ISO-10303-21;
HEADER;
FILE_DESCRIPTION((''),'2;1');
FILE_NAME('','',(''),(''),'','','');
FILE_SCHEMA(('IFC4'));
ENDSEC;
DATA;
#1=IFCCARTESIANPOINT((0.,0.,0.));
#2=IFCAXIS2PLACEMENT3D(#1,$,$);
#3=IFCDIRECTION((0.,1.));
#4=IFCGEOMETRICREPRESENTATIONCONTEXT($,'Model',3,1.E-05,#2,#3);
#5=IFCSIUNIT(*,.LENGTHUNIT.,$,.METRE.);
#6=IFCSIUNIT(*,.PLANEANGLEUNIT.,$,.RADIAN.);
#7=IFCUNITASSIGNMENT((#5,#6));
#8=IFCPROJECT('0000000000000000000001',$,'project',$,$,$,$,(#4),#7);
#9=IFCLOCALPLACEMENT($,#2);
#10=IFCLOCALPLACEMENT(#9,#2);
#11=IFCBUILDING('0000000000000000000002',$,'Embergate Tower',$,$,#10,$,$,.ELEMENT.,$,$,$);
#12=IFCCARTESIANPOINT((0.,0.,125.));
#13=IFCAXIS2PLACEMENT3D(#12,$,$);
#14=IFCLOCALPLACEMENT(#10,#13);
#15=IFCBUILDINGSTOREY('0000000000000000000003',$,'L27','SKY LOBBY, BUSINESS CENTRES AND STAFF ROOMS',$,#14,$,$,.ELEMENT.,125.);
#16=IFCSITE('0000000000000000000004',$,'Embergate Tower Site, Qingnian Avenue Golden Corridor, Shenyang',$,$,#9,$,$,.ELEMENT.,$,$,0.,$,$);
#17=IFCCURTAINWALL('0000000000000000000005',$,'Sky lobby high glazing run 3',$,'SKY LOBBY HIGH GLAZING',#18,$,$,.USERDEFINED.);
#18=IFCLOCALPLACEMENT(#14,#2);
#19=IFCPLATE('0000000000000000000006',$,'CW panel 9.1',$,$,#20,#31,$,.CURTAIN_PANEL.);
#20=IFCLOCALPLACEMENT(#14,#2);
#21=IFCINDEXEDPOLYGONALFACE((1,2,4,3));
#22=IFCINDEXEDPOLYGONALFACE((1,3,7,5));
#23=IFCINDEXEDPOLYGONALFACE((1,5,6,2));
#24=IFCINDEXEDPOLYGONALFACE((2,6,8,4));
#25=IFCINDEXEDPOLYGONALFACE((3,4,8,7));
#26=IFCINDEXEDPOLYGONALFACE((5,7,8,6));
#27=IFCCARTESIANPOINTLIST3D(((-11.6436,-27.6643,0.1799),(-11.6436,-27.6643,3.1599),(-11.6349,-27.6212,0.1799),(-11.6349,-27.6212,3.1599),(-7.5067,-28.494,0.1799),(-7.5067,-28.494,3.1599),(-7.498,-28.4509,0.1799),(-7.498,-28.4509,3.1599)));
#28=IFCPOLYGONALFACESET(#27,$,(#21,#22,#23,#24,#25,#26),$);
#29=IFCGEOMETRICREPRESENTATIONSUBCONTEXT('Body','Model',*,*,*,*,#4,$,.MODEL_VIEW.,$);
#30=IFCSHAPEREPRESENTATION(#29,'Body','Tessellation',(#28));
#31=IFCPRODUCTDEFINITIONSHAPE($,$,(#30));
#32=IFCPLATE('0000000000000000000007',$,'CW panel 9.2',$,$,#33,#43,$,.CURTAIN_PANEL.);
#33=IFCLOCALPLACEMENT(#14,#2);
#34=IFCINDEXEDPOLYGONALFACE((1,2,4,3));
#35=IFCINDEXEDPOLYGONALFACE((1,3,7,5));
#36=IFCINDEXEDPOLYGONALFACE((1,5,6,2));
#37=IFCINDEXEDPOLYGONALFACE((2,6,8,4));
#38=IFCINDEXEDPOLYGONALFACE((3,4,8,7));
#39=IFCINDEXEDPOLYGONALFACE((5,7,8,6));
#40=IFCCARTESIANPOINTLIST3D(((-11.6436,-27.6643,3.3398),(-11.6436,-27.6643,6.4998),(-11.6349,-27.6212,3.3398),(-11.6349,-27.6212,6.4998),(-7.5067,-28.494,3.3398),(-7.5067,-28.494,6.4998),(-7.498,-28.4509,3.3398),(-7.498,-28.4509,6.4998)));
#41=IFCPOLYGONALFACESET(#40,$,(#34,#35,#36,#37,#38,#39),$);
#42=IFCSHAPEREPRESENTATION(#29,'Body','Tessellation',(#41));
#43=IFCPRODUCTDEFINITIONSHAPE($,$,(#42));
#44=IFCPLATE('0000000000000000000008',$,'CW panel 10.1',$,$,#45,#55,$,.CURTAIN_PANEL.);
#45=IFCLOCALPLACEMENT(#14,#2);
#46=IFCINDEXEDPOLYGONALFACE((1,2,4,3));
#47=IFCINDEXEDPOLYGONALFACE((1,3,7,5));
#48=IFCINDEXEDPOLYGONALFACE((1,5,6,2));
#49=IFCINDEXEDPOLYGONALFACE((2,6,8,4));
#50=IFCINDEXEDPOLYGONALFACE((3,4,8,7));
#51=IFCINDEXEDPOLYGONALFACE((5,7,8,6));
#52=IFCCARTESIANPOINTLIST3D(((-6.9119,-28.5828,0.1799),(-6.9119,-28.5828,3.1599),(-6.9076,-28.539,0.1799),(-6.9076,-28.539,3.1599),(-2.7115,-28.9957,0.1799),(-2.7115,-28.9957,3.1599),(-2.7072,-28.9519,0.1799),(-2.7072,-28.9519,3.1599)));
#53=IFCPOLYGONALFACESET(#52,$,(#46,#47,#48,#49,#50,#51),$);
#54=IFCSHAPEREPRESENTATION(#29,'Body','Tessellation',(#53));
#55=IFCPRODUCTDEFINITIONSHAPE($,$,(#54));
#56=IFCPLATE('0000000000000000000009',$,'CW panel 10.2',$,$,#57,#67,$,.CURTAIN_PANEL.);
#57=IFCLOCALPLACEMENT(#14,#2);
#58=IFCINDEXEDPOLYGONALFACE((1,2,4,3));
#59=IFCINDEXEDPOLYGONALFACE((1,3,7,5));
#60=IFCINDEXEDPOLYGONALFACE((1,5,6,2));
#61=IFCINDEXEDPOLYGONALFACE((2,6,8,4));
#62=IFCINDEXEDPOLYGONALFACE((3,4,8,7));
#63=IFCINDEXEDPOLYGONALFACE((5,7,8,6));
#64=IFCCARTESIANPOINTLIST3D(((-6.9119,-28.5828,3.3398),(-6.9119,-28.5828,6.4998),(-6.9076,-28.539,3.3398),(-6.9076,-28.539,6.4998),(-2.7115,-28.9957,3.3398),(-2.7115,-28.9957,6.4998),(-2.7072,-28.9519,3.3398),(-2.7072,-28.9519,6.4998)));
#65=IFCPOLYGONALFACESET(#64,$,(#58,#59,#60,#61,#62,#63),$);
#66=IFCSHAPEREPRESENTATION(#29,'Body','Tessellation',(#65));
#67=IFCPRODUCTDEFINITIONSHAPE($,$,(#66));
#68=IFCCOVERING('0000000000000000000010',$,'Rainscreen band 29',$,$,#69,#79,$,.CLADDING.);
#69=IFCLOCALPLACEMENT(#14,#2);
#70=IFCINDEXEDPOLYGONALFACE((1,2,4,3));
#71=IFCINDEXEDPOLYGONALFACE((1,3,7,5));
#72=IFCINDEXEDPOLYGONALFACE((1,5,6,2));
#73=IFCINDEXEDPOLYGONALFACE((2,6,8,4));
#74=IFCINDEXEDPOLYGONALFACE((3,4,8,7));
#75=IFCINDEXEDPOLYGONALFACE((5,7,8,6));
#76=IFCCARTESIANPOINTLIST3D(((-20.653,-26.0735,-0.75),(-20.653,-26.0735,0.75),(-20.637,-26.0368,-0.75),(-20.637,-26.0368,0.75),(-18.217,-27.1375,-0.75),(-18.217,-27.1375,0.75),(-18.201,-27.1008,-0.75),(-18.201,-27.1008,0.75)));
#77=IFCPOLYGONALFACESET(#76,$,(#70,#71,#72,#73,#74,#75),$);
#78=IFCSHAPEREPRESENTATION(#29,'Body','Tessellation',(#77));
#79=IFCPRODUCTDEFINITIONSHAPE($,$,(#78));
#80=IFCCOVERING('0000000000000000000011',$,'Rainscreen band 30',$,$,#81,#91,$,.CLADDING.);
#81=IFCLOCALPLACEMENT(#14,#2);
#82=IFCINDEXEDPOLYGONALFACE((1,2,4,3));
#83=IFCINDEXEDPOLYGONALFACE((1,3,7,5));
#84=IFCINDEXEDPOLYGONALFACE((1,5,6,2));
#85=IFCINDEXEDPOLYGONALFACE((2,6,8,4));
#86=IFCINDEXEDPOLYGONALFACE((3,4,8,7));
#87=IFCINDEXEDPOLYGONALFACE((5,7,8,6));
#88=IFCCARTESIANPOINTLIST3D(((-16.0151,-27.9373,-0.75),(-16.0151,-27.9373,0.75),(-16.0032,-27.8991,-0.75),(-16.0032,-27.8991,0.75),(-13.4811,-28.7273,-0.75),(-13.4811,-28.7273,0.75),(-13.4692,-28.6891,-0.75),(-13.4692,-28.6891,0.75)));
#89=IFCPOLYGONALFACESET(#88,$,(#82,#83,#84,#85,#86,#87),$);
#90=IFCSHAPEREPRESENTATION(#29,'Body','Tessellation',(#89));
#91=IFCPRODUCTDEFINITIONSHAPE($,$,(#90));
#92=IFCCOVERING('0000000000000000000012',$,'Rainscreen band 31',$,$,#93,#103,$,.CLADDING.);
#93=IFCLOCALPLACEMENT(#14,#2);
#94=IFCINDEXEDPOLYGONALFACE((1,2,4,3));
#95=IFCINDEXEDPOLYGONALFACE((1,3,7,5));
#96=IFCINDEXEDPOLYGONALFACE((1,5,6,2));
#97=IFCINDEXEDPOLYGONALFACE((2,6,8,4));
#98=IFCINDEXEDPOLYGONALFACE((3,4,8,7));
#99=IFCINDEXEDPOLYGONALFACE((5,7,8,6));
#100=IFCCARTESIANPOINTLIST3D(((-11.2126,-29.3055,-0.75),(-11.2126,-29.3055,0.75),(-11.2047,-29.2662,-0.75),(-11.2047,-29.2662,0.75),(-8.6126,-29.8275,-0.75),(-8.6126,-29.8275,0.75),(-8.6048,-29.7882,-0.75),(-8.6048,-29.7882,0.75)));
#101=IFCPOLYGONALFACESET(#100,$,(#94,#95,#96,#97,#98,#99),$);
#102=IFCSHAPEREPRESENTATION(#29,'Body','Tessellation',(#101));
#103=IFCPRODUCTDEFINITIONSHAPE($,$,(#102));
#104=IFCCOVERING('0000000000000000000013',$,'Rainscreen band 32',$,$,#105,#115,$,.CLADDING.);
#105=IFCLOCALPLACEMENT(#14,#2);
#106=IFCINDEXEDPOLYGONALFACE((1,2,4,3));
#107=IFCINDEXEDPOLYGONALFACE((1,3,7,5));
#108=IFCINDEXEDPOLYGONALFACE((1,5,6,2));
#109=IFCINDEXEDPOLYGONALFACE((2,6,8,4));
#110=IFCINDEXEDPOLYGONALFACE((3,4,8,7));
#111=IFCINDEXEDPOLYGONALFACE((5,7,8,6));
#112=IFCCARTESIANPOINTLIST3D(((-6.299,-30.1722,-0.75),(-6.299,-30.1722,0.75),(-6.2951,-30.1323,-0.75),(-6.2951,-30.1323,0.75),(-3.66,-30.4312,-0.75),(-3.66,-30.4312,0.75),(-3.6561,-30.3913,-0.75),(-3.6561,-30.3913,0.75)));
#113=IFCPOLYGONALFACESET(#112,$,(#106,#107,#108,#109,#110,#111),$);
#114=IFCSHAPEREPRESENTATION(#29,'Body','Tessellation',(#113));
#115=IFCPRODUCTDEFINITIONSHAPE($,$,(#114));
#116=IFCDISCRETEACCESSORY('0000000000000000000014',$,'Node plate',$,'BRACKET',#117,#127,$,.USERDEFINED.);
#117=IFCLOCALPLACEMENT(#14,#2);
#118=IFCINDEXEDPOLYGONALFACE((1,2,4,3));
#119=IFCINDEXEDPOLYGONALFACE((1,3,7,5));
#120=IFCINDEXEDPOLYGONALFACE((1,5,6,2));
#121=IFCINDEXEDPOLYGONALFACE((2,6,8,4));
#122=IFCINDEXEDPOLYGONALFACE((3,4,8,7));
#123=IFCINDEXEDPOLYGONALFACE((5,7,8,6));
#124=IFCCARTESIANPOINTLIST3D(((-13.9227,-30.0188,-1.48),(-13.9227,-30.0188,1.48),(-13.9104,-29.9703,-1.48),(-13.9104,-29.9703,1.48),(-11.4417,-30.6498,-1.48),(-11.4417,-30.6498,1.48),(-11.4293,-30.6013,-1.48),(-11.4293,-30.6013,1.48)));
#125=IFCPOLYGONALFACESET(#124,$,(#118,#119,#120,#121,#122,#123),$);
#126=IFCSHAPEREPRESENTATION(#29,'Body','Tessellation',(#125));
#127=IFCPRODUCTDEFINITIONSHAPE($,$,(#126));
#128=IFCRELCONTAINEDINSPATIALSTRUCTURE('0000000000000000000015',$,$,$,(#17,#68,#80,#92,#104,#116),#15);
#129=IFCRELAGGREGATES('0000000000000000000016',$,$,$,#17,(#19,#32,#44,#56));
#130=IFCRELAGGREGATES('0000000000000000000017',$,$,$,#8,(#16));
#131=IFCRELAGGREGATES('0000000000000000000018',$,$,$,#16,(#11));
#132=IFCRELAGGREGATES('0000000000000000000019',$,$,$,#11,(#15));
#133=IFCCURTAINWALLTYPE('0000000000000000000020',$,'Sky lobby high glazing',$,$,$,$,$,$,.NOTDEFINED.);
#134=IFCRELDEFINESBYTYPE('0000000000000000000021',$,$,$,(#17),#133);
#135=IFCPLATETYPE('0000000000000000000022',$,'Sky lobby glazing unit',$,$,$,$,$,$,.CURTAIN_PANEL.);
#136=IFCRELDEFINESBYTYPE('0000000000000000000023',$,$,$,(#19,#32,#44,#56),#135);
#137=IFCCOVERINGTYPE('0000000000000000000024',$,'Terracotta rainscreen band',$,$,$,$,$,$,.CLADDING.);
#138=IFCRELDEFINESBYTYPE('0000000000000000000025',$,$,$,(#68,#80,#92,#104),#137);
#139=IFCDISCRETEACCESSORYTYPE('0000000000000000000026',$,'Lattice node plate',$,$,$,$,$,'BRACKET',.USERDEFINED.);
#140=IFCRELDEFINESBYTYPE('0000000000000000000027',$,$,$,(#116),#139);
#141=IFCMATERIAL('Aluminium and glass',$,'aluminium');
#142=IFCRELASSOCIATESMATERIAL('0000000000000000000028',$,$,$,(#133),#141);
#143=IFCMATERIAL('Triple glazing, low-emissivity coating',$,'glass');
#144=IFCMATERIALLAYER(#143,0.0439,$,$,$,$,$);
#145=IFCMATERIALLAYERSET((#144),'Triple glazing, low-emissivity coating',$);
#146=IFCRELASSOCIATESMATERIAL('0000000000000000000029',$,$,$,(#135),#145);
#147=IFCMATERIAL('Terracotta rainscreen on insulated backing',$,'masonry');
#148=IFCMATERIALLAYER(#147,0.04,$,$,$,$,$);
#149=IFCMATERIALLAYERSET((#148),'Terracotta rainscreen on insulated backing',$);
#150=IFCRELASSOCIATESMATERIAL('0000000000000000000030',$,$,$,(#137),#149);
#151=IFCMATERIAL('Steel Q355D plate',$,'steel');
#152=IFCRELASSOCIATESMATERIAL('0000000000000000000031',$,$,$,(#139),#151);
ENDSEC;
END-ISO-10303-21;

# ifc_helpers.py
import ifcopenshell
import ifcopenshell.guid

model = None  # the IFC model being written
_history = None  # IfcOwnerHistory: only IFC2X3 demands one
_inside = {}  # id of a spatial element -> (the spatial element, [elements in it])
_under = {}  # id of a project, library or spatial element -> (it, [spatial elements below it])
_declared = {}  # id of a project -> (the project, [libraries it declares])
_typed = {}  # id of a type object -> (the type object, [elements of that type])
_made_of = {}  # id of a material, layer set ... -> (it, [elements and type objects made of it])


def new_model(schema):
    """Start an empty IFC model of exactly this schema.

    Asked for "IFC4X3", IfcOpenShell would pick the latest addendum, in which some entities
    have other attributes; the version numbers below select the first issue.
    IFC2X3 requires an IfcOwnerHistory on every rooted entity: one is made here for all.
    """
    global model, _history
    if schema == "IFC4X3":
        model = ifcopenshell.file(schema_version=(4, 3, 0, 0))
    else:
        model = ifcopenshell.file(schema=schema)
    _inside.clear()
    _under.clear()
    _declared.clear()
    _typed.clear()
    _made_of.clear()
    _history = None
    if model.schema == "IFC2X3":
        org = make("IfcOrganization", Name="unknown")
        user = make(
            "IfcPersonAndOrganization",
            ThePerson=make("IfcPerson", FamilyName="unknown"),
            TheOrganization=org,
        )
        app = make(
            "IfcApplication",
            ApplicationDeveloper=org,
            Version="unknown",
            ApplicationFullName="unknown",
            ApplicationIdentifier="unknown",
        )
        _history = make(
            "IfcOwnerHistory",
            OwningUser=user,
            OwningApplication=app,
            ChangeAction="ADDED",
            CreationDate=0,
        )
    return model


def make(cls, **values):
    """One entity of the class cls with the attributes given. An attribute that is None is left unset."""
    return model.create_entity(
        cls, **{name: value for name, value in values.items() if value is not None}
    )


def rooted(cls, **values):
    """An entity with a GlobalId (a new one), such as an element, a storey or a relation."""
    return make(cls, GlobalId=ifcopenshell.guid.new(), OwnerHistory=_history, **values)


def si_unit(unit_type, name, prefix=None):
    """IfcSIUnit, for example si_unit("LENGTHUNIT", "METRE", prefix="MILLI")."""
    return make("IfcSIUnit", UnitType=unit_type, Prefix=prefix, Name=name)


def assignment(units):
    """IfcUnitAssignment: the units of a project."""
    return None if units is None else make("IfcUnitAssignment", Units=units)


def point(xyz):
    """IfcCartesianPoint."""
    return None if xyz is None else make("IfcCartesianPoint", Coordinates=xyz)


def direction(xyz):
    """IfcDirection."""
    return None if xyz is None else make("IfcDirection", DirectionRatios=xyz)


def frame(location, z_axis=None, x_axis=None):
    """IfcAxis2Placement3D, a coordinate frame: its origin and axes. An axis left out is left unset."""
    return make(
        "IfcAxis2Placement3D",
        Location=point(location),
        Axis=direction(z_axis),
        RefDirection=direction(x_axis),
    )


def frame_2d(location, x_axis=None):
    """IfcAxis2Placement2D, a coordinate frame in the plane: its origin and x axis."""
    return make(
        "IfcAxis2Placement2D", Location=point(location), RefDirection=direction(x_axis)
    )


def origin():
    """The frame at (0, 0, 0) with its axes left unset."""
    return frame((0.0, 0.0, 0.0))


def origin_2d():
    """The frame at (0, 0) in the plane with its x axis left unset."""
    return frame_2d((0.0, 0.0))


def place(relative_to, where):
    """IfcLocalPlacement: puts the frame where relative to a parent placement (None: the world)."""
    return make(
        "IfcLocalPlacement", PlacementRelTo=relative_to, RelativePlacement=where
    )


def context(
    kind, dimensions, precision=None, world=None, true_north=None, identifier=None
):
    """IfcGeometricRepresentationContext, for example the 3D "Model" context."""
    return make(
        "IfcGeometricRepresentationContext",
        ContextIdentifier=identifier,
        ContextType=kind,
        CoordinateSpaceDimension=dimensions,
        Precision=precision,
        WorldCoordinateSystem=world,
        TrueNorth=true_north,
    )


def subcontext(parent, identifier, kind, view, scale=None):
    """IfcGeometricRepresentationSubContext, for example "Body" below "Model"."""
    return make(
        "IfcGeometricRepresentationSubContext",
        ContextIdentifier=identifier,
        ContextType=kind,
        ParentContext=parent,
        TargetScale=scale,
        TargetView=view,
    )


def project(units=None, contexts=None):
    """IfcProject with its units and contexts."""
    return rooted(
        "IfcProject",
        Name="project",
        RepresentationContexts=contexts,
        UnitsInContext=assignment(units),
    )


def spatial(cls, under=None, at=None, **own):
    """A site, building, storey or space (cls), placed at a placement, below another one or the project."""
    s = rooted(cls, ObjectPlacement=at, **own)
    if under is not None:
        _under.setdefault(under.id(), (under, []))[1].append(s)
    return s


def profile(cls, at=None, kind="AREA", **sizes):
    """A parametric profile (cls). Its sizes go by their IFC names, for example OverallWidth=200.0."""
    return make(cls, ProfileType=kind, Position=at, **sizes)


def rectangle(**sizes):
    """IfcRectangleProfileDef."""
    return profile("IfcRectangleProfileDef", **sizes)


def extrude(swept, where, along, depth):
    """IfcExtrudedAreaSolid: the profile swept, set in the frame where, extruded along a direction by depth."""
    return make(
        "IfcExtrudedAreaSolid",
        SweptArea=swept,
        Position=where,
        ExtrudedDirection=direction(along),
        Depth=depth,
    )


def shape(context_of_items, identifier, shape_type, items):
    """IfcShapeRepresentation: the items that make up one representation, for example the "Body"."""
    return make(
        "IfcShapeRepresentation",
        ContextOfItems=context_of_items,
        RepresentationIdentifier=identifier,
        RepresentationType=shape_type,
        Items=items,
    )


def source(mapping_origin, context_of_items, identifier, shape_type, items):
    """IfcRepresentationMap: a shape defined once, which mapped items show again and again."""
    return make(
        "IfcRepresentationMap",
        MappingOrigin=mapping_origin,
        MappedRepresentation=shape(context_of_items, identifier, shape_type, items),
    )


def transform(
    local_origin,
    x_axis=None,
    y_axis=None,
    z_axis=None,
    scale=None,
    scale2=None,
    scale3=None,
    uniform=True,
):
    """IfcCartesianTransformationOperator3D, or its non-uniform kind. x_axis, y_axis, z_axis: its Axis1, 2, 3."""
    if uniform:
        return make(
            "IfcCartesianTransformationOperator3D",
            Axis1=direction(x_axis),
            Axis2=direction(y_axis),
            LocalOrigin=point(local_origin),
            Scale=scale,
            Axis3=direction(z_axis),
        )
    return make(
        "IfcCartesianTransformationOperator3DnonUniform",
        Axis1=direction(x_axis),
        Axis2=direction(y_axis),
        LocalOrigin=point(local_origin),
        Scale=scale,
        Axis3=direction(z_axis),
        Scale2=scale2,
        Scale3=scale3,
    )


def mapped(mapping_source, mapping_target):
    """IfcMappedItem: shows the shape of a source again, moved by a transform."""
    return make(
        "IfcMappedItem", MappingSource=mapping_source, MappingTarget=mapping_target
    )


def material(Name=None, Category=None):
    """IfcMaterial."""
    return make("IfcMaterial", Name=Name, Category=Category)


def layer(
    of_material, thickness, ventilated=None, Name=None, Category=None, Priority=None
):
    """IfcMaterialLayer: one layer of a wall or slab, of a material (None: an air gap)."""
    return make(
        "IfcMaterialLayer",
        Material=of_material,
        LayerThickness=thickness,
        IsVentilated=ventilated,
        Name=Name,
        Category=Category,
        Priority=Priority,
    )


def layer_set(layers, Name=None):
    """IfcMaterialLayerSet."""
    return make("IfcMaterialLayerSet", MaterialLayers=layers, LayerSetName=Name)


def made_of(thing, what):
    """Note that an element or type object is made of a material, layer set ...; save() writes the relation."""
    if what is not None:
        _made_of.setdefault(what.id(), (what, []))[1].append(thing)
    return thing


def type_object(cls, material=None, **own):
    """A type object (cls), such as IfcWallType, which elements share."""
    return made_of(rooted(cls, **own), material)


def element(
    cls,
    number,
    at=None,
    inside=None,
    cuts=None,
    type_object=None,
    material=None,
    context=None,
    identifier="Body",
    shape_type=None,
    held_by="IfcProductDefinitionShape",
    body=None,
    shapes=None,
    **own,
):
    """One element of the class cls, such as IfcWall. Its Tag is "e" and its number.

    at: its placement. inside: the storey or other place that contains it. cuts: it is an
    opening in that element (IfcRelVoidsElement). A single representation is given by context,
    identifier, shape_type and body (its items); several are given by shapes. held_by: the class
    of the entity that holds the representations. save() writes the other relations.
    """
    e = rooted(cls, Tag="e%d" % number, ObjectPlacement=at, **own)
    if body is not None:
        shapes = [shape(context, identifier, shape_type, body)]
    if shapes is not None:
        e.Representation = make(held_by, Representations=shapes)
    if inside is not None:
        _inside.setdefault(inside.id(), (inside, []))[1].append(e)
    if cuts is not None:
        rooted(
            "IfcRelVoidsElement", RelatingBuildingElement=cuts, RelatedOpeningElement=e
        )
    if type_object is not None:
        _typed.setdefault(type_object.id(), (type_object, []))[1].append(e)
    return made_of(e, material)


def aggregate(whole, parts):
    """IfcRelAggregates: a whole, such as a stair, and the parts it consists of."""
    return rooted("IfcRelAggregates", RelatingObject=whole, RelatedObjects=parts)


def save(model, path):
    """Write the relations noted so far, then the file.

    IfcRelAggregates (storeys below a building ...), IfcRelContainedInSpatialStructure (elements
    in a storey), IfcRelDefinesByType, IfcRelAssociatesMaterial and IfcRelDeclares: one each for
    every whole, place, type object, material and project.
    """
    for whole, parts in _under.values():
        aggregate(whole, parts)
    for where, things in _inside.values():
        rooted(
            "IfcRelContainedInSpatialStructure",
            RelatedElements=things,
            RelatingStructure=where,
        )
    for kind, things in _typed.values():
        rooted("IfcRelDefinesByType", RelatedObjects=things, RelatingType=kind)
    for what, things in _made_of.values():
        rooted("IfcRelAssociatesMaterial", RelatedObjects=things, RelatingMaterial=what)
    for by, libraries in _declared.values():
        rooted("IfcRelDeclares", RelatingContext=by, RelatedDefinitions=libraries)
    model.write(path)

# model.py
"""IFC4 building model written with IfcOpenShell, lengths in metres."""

from ifc_helpers import new_model, si_unit, direction, frame, origin, origin_2d, place, context, subcontext, project, spatial, rectangle, extrude, source, transform, mapped, material, layer, layer_set, type_object, element, aggregate, save


model = new_model("IFC4")

# Units and contexts
model_context = context("Model", 3, precision=1e-05, world=origin(), true_north=direction((0.0, 1.0)))
body_context = subcontext(model_context, "Body", "Model", "MODEL_VIEW")
ifc_project = project(units=[si_unit("LENGTHUNIT", "METRE"), si_unit("PLANEANGLEUNIT", "RADIAN")], contexts=[model_context])

# Site, building, storey
site_placement = place(None, origin())
site = spatial("IfcSite", under=ifc_project, at=site_placement, Name="Embergate Tower Site, Qingnian Avenue Golden Corridor, Shenyang", CompositionType="ELEMENT", RefElevation=0.0)
building_placement = place(site_placement, origin())
building = spatial("IfcBuilding", under=site, at=building_placement, Name="Embergate Tower", CompositionType="ELEMENT")
storey_placement = place(building_placement, frame((0.0, 0.0, 125.0)))
storey = spatial("IfcBuildingStorey", under=building, at=storey_placement, Name="L27", Description="SKY LOBBY, BUSINESS CENTRES AND STAFF ROOMS", CompositionType="ELEMENT", Elevation=125.0)

# Curtain wall
ifc_material_1 = material(Name="Aluminium and glass", Category="aluminium")
curtain_wall_type = type_object("IfcCurtainWallType", Name="Sky lobby high glazing", PredefinedType="NOTDEFINED", material=ifc_material_1)
curtain_wall_placement = place(storey_placement, origin())
curtain_wall = element("IfcCurtainWall", 1, at=curtain_wall_placement, inside=storey, type_object=curtain_wall_type, Name="Sky lobby high glazing run 3", ObjectType="SKY LOBBY HIGH GLAZING", PredefinedType="USERDEFINED")

# Plates
ifc_material_2 = material(Name="Triple glazing, low-emissivity coating", Category="glass")
ifc_layer_1 = layer(ifc_material_2, 0.0439)
ifc_layer_set_1 = layer_set([ifc_layer_1], Name="Triple glazing, low-emissivity coating")
plate_type = type_object("IfcPlateType", Name="Sky lobby glazing unit", PredefinedType="CURTAIN_PANEL", material=ifc_layer_set_1)
shared_shape_1 = source(origin(), body_context, "Body", "SweptSolid", [
    extrude(rectangle(XDim=4.2192, YDim=0.0439, at=origin_2d()), origin(), (0.0, 0.0, 1.0), 2.98),
])
plate_1_placement = place(storey_placement, frame((-9.5708, -28.0576, 0.1799), z_axis=(0.0, 0.0, 1.0), x_axis=(0.980476, -0.196638, 0.0)))
plate_1 = element("IfcPlate", 2, at=plate_1_placement, type_object=plate_type, Name="CW panel 9.1", PredefinedType="CURTAIN_PANEL", context=body_context, shape_type="MappedRepresentation", body=[
    mapped(shared_shape_1, transform((0.0, 0.0, 0.0))),
])
shared_shape_2 = source(origin(), body_context, "Body", "SweptSolid", [
    extrude(rectangle(XDim=4.2192, YDim=0.0439, at=origin_2d()), origin(), (0.0, 0.0, 1.0), 3.1599),
])
plate_2_placement = place(storey_placement, frame((-9.5708, -28.0576, 3.3398), z_axis=(0.0, 0.0, 1.0), x_axis=(0.980476, -0.196638, 0.0)))
plate_2 = element("IfcPlate", 3, at=plate_2_placement, type_object=plate_type, Name="CW panel 9.2", PredefinedType="CURTAIN_PANEL", context=body_context, shape_type="MappedRepresentation", body=[
    mapped(shared_shape_2, transform((0.0, 0.0, 0.0))),
])
shared_shape_3 = source(origin(), body_context, "Body", "SweptSolid", [
    extrude(rectangle(XDim=4.2207, YDim=0.0439, at=origin_2d()), origin(), (0.0, 0.0, 1.0), 2.98),
])
plate_3_placement = place(storey_placement, frame((-4.8096, -28.7673, 0.1799), z_axis=(0.0, 0.0, 1.0), x_axis=(0.995203, -0.097828, 0.0)))
plate_3 = element("IfcPlate", 4, at=plate_3_placement, type_object=plate_type, Name="CW panel 10.1", PredefinedType="CURTAIN_PANEL", context=body_context, shape_type="MappedRepresentation", body=[
    mapped(shared_shape_3, transform((0.0, 0.0, 0.0))),
])
shared_shape_4 = source(origin(), body_context, "Body", "SweptSolid", [
    extrude(rectangle(XDim=4.2207, YDim=0.0439, at=origin_2d()), origin(), (0.0, 0.0, 1.0), 3.1599),
])
plate_4_placement = place(storey_placement, frame((-4.8096, -28.7673, 3.3398), z_axis=(0.0, 0.0, 1.0), x_axis=(0.995203, -0.097828, 0.0)))
plate_4 = element("IfcPlate", 5, at=plate_4_placement, type_object=plate_type, Name="CW panel 10.2", PredefinedType="CURTAIN_PANEL", context=body_context, shape_type="MappedRepresentation", body=[
    mapped(shared_shape_4, transform((0.0, 0.0, 0.0))),
])
aggregate(curtain_wall, [plate_1, plate_2, plate_3, plate_4])

# Coverings
ifc_material_3 = material(Name="Terracotta rainscreen on insulated backing", Category="masonry")
ifc_layer_2 = layer(ifc_material_3, 0.04)
ifc_layer_set_2 = layer_set([ifc_layer_2], Name="Terracotta rainscreen on insulated backing")
covering_type = type_object("IfcCoveringType", Name="Terracotta rainscreen band", PredefinedType="CLADDING", material=ifc_layer_set_2)
shared_shape_5 = source(origin(), body_context, "Body", "SweptSolid", [
    extrude(rectangle(XDim=2.6582, YDim=0.04, at=origin_2d()), origin(), (0.0, 0.0, 1.0), 1.5),
])
covering_1_placement = place(storey_placement, frame((-19.427, -26.5872, -0.75), z_axis=(0.0, 0.0, 1.0), x_axis=(0.916399, -0.400266, 0.0)))
element("IfcCovering", 6, at=covering_1_placement, inside=storey, type_object=covering_type, Name="Rainscreen band 29", PredefinedType="CLADDING", context=body_context, shape_type="MappedRepresentation", body=[
    mapped(shared_shape_5, transform((0.0, 0.0, 0.0))),
])
shared_shape_6 = source(origin(), body_context, "Body", "SweptSolid", [
    extrude(rectangle(XDim=2.6543, YDim=0.04, at=origin_2d()), origin(), (0.0, 0.0, 1.0), 1.5),
])
covering_2_placement = place(storey_placement, frame((-14.7422, -28.3132, -0.75), z_axis=(0.0, 0.0, 1.0), x_axis=(0.954681, -0.297631, 0.0)))
element("IfcCovering", 7, at=covering_2_placement, inside=storey, type_object=covering_type, Name="Rainscreen band 30", PredefinedType="CLADDING", context=body_context, shape_type="MappedRepresentation", body=[
    mapped(shared_shape_6, transform((0.0, 0.0, 0.0))),
])
shared_shape_7 = source(origin(), body_context, "Body", "SweptSolid", [
    extrude(rectangle(XDim=2.6519, YDim=0.04, at=origin_2d()), origin(), (0.0, 0.0, 1.0), 1.5),
])
covering_3_placement = place(storey_placement, frame((-9.9087, -29.5469, -0.75), z_axis=(0.0, 0.0, 1.0), x_axis=(0.980435, -0.196841, 0.0)))
element("IfcCovering", 8, at=covering_3_placement, inside=storey, type_object=covering_type, Name="Rainscreen band 31", PredefinedType="CLADDING", context=body_context, shape_type="MappedRepresentation", body=[
    mapped(shared_shape_7, transform((0.0, 0.0, 0.0))),
])
shared_shape_8 = source(origin(), body_context, "Body", "SweptSolid", [
    extrude(rectangle(XDim=2.6516, YDim=0.04, at=origin_2d()), origin(), (0.0, 0.0, 1.0), 1.5),
])
covering_4_placement = place(storey_placement, frame((-4.9775, -30.2817, -0.75), z_axis=(0.0, 0.0, 1.0), x_axis=(0.995219, -0.097673, 0.0)))
element("IfcCovering", 9, at=covering_4_placement, inside=storey, type_object=covering_type, Name="Rainscreen band 32", PredefinedType="CLADDING", context=body_context, shape_type="MappedRepresentation", body=[
    mapped(shared_shape_8, transform((0.0, 0.0, 0.0))),
])

# Discrete accessory
ifc_material_4 = material(Name="Steel Q355D plate", Category="steel")
discrete_accessory_type = type_object("IfcDiscreteAccessoryType", Name="Lattice node plate", ElementType="BRACKET", PredefinedType="USERDEFINED", material=ifc_material_4)
shared_shape_9 = source(origin(), body_context, "Body", "SweptSolid", [
    extrude(rectangle(XDim=2.5601, YDim=0.05, at=origin_2d()), origin(), (0.0, 0.0, 1.0), 2.96),
])
discrete_accessory_placement = place(storey_placement, frame((-12.676, -30.3101, -1.48), z_axis=(0.0, 0.0, 1.0), x_axis=(0.969145, -0.246492, 0.0)))
element("IfcDiscreteAccessory", 10, at=discrete_accessory_placement, inside=storey, type_object=discrete_accessory_type, Name="Node plate", ObjectType="BRACKET", PredefinedType="USERDEFINED", context=body_context, shape_type="MappedRepresentation", body=[
    mapped(shared_shape_9, transform((0.0, 0.0, 0.0))),
])

save(model, "model.ifc")
